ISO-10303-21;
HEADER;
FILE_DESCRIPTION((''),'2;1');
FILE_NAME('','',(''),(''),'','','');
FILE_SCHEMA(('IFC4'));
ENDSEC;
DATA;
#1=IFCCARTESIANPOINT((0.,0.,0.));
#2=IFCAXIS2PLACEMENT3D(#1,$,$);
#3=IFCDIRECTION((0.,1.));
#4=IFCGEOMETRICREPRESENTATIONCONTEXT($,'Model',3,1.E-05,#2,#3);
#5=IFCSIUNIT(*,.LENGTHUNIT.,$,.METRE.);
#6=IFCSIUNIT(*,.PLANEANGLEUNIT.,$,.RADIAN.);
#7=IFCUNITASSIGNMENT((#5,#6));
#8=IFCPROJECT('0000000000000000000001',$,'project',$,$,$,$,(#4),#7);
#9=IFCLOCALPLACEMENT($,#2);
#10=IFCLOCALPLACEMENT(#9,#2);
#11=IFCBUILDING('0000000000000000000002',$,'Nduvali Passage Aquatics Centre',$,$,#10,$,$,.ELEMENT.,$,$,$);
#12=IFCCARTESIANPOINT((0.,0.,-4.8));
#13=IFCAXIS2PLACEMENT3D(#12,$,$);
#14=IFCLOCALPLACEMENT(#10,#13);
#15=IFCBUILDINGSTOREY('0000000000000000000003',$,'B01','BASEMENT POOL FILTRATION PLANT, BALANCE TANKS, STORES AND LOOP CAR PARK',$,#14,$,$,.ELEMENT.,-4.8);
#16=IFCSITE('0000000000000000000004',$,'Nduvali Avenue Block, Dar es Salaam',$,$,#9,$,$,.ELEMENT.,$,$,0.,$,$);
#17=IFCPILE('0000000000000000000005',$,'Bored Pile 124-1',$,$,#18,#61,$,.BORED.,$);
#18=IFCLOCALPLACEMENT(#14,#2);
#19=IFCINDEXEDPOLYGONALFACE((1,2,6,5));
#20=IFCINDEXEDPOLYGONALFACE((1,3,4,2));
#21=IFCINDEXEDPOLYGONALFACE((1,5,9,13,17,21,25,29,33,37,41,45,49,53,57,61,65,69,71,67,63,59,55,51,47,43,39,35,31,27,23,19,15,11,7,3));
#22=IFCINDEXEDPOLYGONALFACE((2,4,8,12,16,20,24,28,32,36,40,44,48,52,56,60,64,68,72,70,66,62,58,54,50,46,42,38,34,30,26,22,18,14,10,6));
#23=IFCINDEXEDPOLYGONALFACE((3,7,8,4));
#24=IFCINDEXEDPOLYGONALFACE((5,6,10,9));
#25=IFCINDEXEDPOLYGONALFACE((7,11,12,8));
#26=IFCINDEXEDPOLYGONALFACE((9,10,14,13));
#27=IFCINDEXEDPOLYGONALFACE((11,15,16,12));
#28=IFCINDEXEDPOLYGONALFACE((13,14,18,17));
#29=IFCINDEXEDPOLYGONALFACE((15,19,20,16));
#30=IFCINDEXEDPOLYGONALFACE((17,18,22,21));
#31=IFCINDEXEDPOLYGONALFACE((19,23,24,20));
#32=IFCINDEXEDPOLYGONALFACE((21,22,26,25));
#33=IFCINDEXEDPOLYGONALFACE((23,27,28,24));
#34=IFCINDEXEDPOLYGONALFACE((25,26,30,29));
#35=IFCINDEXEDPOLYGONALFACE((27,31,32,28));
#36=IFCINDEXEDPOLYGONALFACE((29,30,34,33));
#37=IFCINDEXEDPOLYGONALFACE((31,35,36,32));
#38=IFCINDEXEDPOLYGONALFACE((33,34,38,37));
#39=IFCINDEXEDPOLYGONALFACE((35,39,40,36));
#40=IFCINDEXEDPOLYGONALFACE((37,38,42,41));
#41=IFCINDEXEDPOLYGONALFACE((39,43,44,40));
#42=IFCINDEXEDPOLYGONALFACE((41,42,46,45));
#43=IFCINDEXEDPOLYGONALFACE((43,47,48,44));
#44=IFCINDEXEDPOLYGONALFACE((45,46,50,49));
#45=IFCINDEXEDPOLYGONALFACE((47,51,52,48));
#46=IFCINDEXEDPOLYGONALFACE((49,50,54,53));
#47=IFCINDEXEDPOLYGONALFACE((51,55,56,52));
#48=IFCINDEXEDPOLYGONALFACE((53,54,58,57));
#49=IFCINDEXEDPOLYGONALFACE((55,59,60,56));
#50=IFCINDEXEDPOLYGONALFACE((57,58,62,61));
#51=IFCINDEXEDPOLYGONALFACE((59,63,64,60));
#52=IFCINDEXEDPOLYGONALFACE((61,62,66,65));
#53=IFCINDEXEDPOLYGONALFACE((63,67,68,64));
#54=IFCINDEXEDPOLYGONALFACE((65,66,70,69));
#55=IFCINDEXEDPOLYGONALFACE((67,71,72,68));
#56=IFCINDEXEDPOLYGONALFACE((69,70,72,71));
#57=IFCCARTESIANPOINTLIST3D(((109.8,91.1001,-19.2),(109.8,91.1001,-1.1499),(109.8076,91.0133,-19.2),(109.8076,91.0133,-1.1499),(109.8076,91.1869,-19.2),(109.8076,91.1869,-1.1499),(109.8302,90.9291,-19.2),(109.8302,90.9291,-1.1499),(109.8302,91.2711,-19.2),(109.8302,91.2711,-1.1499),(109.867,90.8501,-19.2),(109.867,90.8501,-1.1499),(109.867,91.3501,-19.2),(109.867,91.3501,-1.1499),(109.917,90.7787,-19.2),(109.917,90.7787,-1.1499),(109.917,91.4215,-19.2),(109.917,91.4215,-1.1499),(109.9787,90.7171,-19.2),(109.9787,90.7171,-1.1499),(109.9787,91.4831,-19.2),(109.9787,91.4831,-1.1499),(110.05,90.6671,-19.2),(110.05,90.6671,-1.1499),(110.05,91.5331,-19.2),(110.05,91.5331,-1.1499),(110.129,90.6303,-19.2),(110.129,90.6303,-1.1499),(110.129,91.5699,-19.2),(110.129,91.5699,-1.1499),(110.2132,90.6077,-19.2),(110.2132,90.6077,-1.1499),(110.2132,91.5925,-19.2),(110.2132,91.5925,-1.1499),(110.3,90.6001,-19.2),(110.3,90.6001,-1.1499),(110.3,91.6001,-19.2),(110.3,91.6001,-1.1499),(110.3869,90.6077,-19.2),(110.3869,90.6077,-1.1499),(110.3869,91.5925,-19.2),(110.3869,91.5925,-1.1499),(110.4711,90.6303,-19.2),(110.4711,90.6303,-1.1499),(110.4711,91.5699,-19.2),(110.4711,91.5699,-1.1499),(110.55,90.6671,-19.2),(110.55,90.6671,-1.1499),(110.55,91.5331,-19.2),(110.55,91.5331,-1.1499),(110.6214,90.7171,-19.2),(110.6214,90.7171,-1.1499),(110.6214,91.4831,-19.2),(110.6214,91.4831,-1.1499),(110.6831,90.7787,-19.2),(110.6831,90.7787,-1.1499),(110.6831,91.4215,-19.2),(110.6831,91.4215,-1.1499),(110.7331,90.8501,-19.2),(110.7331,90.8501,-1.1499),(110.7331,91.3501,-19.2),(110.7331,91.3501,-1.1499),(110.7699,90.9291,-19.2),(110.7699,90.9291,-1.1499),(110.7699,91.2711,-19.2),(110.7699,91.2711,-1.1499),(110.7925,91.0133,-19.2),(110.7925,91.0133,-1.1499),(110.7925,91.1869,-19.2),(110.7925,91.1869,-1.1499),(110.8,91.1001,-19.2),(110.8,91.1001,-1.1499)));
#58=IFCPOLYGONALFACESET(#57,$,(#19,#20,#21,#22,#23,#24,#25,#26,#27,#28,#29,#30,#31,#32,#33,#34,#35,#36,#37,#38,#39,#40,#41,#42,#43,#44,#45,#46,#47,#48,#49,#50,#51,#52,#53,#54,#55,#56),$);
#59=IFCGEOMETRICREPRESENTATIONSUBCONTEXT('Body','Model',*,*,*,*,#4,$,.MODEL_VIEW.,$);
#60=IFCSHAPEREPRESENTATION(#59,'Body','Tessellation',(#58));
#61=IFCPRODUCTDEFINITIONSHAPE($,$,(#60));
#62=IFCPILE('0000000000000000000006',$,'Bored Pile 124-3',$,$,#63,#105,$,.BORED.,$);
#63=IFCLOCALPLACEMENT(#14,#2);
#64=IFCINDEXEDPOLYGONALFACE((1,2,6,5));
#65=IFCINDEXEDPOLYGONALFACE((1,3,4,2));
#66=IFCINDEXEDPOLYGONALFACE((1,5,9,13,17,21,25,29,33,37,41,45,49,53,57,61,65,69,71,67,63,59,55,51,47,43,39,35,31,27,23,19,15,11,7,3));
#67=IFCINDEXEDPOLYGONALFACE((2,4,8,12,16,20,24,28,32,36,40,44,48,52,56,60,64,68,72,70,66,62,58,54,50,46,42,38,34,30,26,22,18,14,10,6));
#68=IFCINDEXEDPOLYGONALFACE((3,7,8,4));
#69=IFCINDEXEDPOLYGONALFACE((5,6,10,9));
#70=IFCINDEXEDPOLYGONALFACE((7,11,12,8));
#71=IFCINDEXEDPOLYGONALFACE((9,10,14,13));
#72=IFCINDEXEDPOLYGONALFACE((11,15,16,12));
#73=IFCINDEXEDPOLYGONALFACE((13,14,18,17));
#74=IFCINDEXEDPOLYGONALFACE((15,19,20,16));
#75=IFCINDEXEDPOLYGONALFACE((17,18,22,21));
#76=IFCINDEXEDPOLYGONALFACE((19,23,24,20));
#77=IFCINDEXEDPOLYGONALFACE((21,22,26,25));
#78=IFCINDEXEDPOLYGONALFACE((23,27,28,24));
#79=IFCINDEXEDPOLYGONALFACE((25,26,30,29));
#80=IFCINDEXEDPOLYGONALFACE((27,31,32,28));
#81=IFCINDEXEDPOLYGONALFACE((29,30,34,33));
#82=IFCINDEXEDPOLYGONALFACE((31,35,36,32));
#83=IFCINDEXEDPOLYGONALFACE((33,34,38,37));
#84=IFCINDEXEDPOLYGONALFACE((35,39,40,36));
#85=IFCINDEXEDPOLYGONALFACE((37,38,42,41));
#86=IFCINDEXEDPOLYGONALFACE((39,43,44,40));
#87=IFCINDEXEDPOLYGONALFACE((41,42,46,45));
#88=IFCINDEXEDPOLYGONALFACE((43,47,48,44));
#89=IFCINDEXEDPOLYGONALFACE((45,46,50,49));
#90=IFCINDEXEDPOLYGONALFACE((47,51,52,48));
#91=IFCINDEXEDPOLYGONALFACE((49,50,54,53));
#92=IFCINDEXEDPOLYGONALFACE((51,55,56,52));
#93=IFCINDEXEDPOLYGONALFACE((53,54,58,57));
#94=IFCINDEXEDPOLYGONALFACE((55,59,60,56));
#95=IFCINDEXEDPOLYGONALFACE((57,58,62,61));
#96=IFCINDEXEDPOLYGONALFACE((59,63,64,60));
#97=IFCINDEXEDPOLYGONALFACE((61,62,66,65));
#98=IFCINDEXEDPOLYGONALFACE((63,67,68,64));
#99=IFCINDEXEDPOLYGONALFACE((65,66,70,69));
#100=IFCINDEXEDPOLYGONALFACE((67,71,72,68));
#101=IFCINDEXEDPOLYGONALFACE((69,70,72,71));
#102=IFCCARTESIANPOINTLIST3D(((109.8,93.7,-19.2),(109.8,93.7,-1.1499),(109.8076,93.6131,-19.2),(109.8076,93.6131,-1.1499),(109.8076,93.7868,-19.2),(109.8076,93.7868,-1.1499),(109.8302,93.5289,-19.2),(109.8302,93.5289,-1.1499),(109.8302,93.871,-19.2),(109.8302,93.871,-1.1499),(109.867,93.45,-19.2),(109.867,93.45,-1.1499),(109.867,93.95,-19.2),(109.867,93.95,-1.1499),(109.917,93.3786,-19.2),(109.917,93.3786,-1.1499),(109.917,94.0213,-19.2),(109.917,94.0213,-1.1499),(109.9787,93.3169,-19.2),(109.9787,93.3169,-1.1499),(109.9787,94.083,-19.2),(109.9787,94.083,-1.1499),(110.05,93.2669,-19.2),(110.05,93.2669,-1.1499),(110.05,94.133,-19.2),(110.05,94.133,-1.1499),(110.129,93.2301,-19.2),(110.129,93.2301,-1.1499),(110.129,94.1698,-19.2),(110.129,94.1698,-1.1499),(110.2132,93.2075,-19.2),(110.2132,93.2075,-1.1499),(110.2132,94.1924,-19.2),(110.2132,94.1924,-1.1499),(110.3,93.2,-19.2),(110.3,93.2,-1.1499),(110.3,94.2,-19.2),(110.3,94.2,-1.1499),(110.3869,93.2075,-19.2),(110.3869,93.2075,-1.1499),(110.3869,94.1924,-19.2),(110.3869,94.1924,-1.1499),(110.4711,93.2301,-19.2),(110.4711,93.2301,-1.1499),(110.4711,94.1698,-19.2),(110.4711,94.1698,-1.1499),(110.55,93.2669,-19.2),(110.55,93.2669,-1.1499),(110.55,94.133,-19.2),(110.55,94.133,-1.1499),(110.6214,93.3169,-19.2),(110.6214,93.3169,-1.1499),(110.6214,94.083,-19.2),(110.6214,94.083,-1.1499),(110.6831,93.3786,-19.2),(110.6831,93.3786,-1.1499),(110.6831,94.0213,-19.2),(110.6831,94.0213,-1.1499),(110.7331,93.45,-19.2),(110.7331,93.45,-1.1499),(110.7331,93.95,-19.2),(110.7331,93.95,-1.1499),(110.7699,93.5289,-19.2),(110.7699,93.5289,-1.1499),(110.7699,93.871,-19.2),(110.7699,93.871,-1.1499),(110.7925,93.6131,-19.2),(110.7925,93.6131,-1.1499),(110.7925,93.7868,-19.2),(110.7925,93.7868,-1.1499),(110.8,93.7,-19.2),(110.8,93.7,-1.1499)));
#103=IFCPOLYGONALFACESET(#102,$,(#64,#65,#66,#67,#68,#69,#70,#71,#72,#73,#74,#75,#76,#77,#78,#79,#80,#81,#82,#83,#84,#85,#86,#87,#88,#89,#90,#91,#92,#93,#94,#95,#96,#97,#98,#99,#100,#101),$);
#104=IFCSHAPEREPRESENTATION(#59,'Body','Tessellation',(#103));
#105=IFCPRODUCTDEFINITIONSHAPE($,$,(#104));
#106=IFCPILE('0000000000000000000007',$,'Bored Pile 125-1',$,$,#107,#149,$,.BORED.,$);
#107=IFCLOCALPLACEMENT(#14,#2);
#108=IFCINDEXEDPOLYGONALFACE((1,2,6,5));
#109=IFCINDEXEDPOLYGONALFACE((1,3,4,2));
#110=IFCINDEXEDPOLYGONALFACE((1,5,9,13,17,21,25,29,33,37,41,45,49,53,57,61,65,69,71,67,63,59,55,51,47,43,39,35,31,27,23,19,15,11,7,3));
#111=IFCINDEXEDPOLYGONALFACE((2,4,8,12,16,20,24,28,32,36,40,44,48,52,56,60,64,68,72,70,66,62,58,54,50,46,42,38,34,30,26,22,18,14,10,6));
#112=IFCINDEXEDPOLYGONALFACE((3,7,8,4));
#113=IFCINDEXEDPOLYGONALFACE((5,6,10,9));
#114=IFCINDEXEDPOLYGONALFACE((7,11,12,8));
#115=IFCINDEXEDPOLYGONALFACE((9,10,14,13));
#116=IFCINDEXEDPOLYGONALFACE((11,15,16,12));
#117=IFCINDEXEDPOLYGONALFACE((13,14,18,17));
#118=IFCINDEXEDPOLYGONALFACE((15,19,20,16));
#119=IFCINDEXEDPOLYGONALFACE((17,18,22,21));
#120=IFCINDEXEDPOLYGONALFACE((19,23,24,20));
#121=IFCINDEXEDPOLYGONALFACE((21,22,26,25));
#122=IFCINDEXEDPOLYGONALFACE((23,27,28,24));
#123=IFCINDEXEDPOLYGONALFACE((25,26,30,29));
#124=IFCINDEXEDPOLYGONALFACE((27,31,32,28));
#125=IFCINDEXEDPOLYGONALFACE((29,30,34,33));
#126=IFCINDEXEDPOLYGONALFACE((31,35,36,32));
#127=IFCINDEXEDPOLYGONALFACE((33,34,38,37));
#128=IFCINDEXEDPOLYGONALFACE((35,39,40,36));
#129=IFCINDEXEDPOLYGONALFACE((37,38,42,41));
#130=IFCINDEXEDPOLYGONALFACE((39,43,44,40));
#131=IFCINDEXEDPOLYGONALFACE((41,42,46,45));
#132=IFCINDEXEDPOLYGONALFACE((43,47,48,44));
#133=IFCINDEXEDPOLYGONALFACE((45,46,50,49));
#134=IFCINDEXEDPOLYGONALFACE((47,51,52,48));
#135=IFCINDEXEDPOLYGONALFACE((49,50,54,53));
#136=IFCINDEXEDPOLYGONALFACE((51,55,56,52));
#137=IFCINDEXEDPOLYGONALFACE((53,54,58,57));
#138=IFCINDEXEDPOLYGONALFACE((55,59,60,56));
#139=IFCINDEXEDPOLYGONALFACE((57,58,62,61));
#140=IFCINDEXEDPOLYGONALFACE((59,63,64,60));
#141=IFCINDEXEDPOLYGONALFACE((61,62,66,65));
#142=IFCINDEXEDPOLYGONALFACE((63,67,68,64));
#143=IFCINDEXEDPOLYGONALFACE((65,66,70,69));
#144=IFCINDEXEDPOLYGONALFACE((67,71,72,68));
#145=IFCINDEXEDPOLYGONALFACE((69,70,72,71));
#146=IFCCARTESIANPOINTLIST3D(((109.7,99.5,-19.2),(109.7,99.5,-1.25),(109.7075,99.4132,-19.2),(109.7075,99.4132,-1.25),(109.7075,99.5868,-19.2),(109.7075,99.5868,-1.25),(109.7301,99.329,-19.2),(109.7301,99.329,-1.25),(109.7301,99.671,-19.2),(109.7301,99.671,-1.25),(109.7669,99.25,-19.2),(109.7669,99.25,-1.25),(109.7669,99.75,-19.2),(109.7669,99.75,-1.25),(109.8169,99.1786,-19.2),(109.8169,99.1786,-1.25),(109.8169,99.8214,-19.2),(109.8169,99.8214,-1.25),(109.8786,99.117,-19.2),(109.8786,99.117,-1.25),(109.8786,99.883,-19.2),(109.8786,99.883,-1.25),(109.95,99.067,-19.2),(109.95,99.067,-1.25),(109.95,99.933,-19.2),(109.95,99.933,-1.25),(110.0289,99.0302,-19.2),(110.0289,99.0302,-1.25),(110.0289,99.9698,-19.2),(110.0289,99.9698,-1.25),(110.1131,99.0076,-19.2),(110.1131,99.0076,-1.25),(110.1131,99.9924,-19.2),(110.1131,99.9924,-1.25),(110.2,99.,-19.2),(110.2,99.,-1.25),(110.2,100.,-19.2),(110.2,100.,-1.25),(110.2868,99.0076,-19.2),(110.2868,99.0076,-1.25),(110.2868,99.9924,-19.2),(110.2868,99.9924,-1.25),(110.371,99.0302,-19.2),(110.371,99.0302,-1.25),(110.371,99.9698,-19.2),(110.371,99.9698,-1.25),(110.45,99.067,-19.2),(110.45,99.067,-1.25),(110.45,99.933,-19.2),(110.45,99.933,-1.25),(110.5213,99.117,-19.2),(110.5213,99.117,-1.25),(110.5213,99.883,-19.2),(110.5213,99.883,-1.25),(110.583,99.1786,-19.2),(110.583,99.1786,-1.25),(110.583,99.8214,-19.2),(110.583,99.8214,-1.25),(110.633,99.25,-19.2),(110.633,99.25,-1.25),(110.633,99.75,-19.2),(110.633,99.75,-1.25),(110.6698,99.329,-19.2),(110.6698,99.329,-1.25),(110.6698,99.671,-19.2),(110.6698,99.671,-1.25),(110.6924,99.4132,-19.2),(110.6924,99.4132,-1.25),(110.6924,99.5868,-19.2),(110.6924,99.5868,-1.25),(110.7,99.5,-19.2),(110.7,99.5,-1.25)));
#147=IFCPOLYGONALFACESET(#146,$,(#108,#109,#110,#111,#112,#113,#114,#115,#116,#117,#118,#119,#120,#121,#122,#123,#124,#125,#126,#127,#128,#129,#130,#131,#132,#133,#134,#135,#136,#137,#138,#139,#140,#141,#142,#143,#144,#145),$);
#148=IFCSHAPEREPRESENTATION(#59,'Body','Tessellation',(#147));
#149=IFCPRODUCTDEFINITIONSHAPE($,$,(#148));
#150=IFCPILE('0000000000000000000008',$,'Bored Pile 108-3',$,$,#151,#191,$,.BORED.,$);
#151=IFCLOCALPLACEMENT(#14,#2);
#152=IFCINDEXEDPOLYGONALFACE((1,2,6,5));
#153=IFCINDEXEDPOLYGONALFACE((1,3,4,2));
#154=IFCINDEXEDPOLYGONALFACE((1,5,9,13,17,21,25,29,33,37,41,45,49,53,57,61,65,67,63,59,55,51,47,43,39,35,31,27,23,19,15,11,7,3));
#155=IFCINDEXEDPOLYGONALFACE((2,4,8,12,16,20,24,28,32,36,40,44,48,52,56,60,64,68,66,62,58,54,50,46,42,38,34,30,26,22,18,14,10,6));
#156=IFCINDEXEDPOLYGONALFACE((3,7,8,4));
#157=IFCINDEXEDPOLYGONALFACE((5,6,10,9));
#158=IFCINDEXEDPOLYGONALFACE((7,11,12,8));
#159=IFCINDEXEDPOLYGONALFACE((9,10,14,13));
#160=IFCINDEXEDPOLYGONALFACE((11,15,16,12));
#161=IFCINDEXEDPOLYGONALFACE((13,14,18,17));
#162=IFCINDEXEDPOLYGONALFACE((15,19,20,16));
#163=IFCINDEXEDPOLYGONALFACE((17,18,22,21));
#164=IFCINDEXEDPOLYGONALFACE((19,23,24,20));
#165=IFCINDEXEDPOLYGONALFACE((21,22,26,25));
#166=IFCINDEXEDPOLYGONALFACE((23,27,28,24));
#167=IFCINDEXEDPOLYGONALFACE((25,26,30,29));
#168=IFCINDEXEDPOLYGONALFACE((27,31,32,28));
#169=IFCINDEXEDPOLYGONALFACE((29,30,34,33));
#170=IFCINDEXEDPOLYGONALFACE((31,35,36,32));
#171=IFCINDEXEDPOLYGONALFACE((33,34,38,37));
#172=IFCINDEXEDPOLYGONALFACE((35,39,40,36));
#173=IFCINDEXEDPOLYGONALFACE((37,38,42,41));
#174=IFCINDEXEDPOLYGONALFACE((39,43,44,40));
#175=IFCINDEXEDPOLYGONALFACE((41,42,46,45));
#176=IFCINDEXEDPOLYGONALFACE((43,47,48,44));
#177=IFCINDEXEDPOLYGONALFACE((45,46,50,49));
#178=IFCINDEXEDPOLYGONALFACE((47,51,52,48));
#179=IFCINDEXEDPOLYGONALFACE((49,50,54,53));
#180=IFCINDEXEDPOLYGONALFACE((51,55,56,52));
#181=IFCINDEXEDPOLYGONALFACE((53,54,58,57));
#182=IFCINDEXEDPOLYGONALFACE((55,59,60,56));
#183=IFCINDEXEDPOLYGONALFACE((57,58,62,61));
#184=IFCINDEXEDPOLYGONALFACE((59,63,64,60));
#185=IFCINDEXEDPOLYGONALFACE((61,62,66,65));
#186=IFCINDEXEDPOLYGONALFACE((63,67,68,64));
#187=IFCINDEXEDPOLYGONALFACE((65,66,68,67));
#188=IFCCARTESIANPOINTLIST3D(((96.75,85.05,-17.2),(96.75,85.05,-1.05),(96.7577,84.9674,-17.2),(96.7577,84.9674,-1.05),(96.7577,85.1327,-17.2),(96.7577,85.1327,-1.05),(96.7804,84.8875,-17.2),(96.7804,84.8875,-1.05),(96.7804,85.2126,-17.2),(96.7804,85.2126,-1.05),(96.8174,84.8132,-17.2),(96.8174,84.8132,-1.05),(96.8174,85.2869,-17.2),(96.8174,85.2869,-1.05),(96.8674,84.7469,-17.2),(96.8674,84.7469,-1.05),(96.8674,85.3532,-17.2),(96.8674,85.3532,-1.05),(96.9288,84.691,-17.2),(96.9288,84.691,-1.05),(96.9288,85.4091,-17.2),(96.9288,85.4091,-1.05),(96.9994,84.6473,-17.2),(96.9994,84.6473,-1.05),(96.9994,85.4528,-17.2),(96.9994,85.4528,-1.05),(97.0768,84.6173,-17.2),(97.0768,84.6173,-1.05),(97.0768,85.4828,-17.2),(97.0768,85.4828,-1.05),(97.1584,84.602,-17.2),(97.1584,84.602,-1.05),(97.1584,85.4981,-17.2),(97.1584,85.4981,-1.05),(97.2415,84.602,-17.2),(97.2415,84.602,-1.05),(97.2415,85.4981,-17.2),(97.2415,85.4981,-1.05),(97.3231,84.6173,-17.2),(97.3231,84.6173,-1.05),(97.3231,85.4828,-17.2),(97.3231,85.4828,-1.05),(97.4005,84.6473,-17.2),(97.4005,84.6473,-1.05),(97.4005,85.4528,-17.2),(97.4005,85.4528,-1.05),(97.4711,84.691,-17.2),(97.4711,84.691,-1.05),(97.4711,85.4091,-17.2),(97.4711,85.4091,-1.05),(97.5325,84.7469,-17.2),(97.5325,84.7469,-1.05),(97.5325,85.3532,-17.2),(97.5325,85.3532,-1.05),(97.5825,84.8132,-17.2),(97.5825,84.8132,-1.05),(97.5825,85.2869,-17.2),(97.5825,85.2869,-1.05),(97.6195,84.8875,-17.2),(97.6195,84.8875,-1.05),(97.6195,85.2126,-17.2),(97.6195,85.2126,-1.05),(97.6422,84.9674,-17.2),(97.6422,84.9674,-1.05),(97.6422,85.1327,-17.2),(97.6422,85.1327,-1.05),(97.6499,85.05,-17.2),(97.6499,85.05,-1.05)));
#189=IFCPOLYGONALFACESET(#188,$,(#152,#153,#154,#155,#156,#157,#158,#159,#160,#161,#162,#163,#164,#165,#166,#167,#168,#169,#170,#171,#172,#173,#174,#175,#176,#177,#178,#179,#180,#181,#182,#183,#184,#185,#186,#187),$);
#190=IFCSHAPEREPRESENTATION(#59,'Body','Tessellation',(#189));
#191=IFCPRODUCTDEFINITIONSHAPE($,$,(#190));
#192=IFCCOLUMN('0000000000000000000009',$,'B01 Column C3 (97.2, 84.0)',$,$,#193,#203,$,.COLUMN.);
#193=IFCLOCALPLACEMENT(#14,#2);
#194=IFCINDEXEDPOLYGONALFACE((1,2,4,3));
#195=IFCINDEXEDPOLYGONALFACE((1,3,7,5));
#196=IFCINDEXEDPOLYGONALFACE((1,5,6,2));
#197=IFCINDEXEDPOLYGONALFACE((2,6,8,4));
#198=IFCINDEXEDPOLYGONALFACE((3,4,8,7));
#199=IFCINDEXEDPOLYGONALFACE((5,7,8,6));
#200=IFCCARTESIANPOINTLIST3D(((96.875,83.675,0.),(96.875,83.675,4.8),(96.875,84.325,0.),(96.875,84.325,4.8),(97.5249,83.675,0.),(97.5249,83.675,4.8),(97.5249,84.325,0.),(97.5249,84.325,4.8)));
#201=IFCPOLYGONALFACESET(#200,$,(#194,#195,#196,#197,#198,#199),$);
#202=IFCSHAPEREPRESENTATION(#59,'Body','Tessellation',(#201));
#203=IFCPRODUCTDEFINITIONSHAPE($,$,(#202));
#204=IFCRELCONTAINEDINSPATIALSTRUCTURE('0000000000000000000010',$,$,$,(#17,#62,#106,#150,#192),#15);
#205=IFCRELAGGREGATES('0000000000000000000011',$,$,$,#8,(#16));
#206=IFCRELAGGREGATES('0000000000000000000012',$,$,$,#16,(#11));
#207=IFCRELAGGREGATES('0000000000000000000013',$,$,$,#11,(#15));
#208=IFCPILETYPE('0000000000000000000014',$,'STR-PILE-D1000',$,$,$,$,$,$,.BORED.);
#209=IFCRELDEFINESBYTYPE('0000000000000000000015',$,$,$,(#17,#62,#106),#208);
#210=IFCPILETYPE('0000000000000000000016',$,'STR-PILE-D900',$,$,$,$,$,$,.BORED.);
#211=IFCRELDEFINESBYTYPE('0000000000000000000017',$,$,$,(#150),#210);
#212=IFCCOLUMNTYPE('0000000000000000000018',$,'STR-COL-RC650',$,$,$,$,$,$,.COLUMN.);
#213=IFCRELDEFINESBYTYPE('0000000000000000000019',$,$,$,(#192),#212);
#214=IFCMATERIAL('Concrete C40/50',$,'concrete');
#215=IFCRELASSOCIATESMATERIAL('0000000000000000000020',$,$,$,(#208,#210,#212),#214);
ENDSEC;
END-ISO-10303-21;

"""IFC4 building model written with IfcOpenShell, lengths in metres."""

from ifc_helpers import new_model, si_unit, direction, frame, origin, origin_2d, place, context, subcontext, project, spatial, rectangle, circle, extrude, material, material_profile, profile_set, type_object, element, save


model = new_model("IFC4")

# Units and contexts
model_context = context("Model", 3, precision=1e-05, world=origin(), true_north=direction((0.0, 1.0)))
body_context = subcontext(model_context, "Body", "Model", "MODEL_VIEW")
ifc_project = project(units=[si_unit("LENGTHUNIT", "METRE"), si_unit("PLANEANGLEUNIT", "RADIAN")], contexts=[model_context])

# Site, building, storey
site_placement = place(None, origin())
site = spatial("IfcSite", under=ifc_project, at=site_placement, Name="Nduvali Avenue Block, Dar es Salaam", CompositionType="ELEMENT", RefElevation=0.0)
building_placement = place(site_placement, origin())
building = spatial("IfcBuilding", under=site, at=building_placement, Name="Nduvali Passage Aquatics Centre", CompositionType="ELEMENT")
storey_placement = place(building_placement, frame((0.0, 0.0, -4.8)))
storey = spatial("IfcBuildingStorey", under=building, at=storey_placement, Name="B01", Description="BASEMENT POOL FILTRATION PLANT, BALANCE TANKS, STORES AND LOOP CAR PARK", CompositionType="ELEMENT", Elevation=-4.8)

# Shared definitions
ifc_material_1 = material(Name="Concrete C40/50", Category="concrete")

# Piles
ifc_material_profile_1 = material_profile(ifc_material_1, circle(Radius=0.5, at=origin_2d()), Name="PILE D1000")
ifc_profile_set_1 = profile_set([ifc_material_profile_1], Name="Concrete C40/50")
pile_type_1 = type_object("IfcPileType", Name="STR-PILE-D1000", PredefinedType="BORED", material=ifc_profile_set_1)
for number, where, z_axis, x_axis, name in (
    (1, (110.3, 91.1001, -1.1499), (0.0, 0.0, -1.0), (1.0, 0.0, 0.0), "Bored Pile 124-1"),
    (2, (110.3, 93.7, -1.1499), (0.0, 0.0, -1.0), (1.0, 0.0, 0.0), "Bored Pile 124-3"),
):
    element("IfcPile", number, at=place(storey_placement, frame(where, z_axis=z_axis, x_axis=x_axis)), inside=storey, type_object=pile_type_1, Name=name, PredefinedType="BORED", context=body_context, shape_type="SweptSolid", body=[
        extrude(circle(Radius=0.5, at=origin_2d()), origin(), (0.0, 0.0, 1.0), 18.05),
    ])
pile_1_placement = place(storey_placement, frame((110.2, 99.5, -1.25), z_axis=(0.0, 0.0, -1.0), x_axis=(1.0, 0.0, 0.0)))
element("IfcPile", 3, at=pile_1_placement, inside=storey, type_object=pile_type_1, Name="Bored Pile 125-1", PredefinedType="BORED", context=body_context, shape_type="SweptSolid", body=[
    extrude(circle(Radius=0.5, at=origin_2d()), origin(), (0.0, 0.0, 1.0), 17.95),
])
ifc_material_profile_2 = material_profile(ifc_material_1, circle(Radius=0.45, at=origin_2d()), Name="PILE D900")
ifc_profile_set_2 = profile_set([ifc_material_profile_2], Name="Concrete C40/50")
pile_type_2 = type_object("IfcPileType", Name="STR-PILE-D900", PredefinedType="BORED", material=ifc_profile_set_2)
pile_2_placement = place(storey_placement, frame((97.2, 85.05, -1.05), z_axis=(0.0, 0.0, -1.0), x_axis=(1.0, 0.0, 0.0)))
element("IfcPile", 4, at=pile_2_placement, inside=storey, type_object=pile_type_2, Name="Bored Pile 108-3", PredefinedType="BORED", context=body_context, shape_type="SweptSolid", body=[
    extrude(circle(Radius=0.45, at=origin_2d()), origin(), (0.0, 0.0, 1.0), 16.1499),
])

# Column
ifc_material_profile_3 = material_profile(ifc_material_1, rectangle(XDim=0.6499, YDim=0.6499, at=origin_2d()), Name="RC 650x650")
ifc_profile_set_3 = profile_set([ifc_material_profile_3], Name="Concrete C40/50")
column_type_1 = type_object("IfcColumnType", Name="STR-COL-RC650", PredefinedType="COLUMN", material=ifc_profile_set_3)
column_1_placement = place(storey_placement, frame((97.2, 84.0, 0.0), z_axis=(0.0, 0.0, 1.0), x_axis=(1.0, 0.0, 0.0)))
element("IfcColumn", 5, at=column_1_placement, inside=storey, type_object=column_type_1, Name="B01 Column C3 (97.2, 84.0)", PredefinedType="COLUMN", context=body_context, shape_type="SweptSolid", body=[
    extrude(rectangle(XDim=0.6499, YDim=0.6499, at=origin_2d()), origin(), (0.0, 0.0, 1.0), 4.8),
])

save(model, "model.ifc")
